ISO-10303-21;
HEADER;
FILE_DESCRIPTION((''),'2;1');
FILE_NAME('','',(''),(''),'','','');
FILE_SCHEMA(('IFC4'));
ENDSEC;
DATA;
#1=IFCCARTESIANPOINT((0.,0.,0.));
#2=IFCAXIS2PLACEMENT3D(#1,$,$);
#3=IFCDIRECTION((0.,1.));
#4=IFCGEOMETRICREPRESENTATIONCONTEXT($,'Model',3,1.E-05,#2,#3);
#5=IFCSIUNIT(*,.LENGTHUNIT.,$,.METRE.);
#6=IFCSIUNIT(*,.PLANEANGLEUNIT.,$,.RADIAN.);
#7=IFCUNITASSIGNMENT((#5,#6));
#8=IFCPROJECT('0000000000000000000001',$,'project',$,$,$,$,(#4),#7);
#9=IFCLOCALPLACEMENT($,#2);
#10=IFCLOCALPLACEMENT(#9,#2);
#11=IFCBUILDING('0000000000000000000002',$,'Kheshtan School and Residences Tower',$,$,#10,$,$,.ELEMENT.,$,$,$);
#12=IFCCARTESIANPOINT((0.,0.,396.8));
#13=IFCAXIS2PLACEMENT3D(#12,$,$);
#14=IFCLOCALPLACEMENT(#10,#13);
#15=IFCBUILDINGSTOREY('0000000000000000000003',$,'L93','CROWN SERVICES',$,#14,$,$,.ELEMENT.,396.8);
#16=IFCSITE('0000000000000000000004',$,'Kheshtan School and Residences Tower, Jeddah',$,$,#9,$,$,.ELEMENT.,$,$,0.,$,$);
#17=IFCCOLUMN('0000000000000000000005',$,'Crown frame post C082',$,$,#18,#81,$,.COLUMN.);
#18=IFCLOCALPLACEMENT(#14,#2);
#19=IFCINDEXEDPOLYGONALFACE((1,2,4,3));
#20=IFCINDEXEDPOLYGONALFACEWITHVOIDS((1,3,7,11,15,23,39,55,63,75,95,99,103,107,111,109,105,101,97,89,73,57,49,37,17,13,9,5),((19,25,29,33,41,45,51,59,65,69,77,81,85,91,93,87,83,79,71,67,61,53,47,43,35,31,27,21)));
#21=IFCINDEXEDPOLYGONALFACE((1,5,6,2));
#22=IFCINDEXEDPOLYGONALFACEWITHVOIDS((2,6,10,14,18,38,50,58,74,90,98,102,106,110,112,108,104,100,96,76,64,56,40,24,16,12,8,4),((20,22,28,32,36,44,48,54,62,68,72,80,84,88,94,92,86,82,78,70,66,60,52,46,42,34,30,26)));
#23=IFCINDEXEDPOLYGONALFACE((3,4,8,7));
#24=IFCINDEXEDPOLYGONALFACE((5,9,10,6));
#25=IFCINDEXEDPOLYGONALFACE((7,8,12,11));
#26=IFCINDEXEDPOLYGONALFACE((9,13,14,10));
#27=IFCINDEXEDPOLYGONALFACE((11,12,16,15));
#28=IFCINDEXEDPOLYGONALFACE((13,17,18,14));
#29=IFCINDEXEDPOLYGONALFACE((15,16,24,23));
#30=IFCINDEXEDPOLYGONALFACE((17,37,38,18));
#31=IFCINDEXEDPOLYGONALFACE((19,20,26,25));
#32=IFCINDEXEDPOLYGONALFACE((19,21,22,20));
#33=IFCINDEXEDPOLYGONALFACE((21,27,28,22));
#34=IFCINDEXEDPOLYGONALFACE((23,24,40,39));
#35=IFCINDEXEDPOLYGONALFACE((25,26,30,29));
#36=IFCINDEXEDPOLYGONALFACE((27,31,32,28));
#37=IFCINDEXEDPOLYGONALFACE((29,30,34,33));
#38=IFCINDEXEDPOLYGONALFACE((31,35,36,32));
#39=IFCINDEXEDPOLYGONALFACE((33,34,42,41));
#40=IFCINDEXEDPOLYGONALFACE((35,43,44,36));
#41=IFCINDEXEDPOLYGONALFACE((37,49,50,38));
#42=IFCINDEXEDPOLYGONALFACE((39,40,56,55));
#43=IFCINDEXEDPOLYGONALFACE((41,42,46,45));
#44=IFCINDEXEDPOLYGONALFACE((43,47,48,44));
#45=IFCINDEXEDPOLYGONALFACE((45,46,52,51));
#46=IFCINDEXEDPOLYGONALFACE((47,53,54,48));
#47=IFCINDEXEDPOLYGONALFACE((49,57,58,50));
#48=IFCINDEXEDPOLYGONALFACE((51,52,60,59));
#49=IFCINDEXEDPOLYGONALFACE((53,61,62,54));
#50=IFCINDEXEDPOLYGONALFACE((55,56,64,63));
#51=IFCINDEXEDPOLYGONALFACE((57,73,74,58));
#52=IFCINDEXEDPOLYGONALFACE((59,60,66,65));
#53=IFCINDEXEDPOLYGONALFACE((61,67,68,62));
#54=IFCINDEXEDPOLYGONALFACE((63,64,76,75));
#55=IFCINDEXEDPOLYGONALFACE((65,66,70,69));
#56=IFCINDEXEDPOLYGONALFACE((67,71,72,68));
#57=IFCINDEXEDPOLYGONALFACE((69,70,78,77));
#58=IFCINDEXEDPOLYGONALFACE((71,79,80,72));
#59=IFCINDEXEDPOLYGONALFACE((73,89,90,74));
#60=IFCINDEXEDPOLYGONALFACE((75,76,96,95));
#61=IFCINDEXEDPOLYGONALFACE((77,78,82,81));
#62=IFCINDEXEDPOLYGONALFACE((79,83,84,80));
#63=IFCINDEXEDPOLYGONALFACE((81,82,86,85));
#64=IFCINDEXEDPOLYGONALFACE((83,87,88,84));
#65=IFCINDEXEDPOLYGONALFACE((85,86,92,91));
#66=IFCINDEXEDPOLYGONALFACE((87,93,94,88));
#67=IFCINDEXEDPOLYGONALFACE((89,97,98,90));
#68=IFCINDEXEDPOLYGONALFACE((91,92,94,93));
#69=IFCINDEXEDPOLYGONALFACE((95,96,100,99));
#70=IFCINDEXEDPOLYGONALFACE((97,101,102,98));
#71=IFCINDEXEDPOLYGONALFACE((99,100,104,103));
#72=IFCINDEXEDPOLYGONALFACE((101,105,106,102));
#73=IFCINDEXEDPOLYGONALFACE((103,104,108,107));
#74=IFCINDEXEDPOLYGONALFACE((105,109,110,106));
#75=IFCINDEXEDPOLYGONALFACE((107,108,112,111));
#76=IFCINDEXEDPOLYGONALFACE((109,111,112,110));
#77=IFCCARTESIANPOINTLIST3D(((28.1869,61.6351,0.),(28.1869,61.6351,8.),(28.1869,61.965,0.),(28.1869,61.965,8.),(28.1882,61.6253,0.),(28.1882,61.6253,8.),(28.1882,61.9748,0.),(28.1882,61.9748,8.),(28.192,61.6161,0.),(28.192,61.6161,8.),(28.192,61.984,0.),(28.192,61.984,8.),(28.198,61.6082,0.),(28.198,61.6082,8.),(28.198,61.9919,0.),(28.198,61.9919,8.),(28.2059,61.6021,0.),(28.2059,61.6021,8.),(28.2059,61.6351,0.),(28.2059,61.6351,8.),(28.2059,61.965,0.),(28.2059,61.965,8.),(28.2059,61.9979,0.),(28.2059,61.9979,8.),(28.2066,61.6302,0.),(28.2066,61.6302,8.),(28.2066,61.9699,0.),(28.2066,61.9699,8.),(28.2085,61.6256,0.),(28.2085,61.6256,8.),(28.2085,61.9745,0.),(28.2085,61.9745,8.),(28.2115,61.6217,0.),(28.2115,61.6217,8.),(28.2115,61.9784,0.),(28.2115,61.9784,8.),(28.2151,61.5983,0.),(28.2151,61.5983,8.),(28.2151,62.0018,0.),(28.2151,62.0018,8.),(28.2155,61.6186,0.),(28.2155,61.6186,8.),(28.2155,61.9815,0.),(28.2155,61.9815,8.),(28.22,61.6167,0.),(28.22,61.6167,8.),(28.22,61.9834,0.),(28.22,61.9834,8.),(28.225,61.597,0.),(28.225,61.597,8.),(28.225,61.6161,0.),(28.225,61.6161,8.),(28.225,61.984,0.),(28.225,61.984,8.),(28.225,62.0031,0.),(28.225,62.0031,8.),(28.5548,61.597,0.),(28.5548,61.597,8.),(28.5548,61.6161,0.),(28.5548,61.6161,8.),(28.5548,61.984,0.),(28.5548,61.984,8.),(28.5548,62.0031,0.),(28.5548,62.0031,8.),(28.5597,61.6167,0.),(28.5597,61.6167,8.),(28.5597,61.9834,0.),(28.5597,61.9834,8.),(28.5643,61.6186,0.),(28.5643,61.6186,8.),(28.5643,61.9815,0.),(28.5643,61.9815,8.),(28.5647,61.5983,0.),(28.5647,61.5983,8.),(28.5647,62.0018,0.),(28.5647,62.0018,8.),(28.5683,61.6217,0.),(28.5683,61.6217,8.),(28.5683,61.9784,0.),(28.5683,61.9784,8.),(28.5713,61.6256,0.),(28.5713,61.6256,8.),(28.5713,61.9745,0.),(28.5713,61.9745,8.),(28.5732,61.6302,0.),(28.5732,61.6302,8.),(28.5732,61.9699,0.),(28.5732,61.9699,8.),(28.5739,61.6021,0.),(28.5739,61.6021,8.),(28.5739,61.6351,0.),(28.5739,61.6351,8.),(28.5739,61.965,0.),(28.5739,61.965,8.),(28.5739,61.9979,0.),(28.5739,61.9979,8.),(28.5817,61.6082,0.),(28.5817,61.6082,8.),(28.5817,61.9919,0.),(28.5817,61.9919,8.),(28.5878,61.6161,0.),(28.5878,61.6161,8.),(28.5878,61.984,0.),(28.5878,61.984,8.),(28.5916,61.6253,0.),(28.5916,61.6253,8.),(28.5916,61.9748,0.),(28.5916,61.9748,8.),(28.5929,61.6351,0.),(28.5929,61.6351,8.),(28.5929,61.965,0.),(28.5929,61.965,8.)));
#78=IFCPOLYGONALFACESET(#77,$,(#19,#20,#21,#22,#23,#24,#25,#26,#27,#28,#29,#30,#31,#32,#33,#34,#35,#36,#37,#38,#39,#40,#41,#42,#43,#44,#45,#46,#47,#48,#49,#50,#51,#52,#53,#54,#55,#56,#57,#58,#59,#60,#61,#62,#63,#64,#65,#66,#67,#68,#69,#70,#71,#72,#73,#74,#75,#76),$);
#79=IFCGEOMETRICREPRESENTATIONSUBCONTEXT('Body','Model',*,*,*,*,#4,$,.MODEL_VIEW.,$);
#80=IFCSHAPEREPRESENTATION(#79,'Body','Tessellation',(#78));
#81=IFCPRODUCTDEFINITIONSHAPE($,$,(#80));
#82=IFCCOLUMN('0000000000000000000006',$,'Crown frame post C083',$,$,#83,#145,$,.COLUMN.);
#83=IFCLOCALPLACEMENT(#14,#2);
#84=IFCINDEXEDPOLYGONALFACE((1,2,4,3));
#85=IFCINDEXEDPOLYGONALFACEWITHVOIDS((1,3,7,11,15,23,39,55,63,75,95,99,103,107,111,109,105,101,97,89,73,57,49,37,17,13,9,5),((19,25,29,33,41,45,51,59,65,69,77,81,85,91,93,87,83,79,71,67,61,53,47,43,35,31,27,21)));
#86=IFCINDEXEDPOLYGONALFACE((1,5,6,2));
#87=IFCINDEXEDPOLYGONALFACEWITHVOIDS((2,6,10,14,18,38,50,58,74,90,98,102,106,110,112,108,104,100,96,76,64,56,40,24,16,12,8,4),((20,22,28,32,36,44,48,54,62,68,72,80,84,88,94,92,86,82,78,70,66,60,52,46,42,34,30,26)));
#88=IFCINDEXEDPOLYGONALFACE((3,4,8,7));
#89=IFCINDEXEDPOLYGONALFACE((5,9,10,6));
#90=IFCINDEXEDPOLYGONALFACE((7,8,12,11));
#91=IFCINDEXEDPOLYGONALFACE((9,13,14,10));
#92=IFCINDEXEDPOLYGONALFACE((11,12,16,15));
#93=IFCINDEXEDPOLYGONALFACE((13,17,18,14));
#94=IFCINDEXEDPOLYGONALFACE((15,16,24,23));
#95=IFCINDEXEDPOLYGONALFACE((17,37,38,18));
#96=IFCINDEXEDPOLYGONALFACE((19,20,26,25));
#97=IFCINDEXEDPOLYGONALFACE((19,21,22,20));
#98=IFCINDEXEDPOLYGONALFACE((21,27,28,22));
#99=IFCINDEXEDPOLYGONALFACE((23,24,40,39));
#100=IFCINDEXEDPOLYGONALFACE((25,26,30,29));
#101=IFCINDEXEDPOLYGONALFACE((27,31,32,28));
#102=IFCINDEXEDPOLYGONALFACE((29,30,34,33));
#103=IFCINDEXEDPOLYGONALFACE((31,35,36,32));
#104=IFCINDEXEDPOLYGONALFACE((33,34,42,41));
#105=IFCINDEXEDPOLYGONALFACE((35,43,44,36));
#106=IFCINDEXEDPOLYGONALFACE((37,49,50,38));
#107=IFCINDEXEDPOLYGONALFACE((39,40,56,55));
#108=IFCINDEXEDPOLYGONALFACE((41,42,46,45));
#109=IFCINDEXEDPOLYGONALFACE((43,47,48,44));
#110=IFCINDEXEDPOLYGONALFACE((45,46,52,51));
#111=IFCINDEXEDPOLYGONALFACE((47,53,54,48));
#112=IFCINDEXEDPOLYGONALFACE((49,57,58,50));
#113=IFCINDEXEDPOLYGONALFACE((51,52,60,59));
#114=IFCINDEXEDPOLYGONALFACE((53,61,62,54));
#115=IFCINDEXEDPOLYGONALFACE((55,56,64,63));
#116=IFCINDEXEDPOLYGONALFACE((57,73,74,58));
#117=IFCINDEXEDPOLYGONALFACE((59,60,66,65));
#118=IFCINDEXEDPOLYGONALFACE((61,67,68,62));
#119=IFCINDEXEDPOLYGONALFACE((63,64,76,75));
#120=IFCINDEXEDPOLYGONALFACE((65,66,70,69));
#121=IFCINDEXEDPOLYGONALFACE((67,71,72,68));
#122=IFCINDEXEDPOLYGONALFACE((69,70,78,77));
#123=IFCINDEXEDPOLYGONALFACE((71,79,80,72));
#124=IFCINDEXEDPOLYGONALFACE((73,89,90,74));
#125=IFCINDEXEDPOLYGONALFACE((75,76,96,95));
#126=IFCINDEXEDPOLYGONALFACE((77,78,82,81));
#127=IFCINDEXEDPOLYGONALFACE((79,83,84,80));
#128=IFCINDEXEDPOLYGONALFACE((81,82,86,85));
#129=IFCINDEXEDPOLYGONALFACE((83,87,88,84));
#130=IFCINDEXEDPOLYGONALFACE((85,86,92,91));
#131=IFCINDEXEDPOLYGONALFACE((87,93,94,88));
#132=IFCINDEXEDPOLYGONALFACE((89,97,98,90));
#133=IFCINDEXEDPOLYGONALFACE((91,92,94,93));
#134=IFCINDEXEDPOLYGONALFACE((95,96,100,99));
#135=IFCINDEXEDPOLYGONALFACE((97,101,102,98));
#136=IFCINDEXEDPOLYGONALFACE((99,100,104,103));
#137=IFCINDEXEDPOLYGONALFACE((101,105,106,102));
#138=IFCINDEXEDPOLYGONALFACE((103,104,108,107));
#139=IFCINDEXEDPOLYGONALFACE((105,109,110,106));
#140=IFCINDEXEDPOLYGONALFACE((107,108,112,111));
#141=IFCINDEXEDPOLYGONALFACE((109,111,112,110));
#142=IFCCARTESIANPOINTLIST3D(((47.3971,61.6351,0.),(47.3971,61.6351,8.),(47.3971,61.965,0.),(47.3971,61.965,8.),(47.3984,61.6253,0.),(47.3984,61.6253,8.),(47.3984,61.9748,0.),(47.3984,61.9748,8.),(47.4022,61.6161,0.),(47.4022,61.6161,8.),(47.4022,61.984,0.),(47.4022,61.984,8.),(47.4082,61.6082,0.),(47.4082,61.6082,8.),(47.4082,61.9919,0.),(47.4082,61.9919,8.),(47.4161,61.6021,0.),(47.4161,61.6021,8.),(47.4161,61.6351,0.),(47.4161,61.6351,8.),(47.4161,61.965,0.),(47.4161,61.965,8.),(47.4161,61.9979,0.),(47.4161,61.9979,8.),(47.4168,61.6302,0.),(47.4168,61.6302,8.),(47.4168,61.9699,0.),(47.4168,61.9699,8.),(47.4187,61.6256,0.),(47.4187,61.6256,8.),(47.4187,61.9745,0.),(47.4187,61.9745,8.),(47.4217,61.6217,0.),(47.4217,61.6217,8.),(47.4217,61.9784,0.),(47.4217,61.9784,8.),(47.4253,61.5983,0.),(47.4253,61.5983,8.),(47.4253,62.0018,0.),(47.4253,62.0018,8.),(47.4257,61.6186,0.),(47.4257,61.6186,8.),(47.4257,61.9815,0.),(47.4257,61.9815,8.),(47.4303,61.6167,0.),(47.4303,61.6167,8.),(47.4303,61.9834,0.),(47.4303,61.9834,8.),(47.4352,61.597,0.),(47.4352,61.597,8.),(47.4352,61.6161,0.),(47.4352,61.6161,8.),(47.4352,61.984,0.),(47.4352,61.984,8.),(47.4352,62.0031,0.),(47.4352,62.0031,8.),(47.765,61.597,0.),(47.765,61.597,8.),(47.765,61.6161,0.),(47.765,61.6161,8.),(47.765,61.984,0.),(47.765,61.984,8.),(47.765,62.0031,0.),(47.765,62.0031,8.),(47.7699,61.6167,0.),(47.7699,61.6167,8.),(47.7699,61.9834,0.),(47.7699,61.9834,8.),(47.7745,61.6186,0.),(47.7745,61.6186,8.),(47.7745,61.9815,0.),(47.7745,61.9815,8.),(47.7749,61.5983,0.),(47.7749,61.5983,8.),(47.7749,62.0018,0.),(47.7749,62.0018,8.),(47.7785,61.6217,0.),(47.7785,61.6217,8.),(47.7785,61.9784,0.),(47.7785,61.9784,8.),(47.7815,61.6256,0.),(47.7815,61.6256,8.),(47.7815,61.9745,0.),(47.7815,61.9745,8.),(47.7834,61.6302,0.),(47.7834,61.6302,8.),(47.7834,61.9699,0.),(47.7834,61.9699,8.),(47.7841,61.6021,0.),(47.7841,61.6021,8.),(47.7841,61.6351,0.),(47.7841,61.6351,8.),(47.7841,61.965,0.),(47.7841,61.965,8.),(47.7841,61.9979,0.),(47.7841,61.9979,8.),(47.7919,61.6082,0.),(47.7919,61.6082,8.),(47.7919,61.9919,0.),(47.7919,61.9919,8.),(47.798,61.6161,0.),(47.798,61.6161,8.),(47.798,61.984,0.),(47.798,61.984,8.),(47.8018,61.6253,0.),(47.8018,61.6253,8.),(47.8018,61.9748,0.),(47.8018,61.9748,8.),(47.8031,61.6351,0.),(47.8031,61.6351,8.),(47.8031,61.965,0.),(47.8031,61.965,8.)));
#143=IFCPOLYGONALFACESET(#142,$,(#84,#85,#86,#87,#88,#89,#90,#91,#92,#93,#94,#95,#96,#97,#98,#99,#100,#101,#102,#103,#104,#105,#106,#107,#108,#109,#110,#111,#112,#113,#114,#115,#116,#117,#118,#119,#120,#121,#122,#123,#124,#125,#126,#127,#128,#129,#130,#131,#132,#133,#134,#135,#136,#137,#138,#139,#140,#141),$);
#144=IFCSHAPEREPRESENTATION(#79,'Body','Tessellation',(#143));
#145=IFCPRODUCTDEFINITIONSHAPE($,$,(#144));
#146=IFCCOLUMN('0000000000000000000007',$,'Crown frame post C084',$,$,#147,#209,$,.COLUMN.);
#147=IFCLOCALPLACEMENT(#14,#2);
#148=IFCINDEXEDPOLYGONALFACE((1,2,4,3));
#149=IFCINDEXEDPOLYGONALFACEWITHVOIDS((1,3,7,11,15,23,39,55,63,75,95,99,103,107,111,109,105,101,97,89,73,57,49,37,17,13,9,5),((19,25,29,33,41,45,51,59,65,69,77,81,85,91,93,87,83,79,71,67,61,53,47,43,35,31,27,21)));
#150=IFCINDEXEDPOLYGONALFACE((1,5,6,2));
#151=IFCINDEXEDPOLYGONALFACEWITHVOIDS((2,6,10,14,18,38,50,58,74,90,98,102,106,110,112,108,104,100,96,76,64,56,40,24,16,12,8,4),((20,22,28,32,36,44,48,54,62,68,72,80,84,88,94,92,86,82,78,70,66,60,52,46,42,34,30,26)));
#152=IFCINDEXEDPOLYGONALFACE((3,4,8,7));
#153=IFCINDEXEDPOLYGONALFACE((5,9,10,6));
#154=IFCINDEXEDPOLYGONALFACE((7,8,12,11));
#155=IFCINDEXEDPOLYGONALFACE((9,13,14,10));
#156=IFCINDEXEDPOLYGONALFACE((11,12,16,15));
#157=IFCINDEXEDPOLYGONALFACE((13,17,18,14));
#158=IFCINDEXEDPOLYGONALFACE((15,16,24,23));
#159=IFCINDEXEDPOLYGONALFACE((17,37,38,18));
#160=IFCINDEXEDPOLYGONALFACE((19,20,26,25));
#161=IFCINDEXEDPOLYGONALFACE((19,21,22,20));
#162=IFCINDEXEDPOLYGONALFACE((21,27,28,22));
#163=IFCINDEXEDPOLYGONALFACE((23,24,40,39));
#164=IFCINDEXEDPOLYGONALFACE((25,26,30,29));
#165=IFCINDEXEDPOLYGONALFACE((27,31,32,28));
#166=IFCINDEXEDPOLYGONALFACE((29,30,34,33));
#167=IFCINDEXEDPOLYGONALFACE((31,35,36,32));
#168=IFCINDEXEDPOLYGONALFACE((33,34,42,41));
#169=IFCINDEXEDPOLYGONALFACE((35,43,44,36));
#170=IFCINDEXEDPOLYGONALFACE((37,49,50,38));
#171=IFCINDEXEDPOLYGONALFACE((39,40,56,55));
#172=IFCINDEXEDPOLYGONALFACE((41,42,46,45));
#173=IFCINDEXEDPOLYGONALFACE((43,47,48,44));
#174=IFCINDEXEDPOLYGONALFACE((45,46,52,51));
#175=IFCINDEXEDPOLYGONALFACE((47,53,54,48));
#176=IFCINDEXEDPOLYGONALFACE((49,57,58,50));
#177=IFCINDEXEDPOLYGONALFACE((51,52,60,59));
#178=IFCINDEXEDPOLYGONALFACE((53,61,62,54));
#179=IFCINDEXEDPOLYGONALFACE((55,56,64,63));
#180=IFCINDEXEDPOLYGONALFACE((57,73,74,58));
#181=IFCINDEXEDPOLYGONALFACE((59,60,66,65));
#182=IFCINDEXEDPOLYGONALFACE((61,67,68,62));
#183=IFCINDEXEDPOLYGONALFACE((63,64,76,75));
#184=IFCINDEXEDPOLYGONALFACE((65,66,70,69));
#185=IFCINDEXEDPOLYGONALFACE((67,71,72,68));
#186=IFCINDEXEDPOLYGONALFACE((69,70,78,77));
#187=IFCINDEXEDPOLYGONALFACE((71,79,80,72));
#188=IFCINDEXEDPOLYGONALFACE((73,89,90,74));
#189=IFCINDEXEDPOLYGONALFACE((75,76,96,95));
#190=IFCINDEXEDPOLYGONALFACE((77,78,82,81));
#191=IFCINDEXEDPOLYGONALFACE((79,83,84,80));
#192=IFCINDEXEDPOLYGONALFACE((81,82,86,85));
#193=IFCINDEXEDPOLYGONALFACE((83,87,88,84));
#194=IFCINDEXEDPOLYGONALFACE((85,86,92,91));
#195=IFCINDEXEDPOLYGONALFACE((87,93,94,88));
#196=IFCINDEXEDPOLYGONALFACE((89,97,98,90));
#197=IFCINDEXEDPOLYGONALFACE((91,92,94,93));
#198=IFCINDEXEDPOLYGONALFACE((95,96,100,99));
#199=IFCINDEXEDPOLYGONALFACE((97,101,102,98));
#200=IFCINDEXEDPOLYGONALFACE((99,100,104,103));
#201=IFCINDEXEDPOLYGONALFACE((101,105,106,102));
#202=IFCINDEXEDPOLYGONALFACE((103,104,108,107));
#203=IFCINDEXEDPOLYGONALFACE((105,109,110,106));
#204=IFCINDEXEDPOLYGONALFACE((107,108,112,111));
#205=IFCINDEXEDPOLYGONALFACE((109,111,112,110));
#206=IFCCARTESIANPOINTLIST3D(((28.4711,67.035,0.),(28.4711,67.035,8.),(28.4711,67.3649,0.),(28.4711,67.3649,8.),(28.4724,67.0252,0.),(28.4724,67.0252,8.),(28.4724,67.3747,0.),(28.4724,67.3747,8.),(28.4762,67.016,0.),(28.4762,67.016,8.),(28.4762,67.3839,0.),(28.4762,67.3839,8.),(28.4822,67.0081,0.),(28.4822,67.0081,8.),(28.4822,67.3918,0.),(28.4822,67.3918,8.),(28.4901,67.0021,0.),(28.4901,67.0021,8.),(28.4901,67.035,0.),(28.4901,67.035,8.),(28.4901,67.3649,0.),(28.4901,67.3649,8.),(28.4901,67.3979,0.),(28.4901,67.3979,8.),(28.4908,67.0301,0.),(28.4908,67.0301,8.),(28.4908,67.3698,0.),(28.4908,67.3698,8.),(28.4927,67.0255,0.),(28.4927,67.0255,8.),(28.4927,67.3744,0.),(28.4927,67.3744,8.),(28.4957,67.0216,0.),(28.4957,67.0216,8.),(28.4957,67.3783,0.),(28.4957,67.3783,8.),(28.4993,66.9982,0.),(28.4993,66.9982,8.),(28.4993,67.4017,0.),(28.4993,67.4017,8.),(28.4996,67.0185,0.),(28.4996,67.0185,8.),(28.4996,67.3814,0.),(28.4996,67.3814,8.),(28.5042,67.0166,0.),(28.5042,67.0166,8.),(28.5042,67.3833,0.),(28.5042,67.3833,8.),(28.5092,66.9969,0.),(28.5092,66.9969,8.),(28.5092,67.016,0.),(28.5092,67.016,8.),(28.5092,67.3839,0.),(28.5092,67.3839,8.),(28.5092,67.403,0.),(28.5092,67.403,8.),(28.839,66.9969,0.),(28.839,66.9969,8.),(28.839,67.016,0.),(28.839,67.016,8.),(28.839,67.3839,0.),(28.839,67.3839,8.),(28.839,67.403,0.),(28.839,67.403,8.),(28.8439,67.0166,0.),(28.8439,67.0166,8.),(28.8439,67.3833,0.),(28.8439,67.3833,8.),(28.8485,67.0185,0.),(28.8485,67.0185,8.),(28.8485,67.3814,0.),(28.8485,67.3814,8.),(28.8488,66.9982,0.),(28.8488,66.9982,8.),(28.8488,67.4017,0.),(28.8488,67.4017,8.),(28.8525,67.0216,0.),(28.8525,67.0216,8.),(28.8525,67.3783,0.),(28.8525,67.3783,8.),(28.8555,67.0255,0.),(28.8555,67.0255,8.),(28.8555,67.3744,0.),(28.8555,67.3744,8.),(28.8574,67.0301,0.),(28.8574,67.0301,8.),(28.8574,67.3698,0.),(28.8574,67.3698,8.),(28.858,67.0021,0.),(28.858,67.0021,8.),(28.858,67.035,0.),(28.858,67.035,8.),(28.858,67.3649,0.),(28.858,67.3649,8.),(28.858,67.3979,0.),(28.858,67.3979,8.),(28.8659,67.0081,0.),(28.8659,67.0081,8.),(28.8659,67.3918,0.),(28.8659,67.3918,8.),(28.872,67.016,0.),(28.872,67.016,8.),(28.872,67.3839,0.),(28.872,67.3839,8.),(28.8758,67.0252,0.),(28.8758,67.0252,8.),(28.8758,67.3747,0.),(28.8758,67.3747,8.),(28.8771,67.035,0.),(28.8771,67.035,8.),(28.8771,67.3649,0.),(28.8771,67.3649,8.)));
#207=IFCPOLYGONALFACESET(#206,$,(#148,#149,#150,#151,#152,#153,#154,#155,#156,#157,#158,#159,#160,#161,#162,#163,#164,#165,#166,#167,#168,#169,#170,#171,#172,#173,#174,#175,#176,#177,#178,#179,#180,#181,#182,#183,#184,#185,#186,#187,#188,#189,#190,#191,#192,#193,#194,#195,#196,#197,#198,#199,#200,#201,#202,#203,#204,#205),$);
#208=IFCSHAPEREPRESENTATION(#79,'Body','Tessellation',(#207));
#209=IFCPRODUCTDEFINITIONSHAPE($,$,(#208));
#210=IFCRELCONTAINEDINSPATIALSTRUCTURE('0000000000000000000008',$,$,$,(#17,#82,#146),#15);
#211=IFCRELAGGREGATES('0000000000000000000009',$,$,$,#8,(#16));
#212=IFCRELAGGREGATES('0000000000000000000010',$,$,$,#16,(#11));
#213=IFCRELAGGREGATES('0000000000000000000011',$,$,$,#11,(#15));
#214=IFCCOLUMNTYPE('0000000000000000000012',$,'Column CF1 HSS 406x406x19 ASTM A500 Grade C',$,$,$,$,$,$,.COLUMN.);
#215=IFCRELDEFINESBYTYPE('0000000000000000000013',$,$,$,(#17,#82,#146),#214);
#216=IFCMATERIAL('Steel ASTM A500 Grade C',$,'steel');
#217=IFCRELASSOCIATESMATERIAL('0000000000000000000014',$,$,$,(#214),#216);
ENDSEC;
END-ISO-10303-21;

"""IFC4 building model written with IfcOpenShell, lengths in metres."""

from ifc_helpers import new_model, si_unit, direction, frame, origin, origin_2d, place, context, subcontext, project, spatial, hollow_rectangle, extrude, material, material_profile, profile_set, type_object, element, save


model = new_model("IFC4")

# Units and contexts
model_context = context("Model", 3, precision=1e-05, world=origin(), true_north=direction((0.0, 1.0)))
body_context = subcontext(model_context, "Body", "Model", "MODEL_VIEW")
ifc_project = project(units=[si_unit("LENGTHUNIT", "METRE"), si_unit("PLANEANGLEUNIT", "RADIAN")], contexts=[model_context])

# Site, building, storey
site_placement = place(None, origin())
site = spatial("IfcSite", under=ifc_project, at=site_placement, Name="Kheshtan School and Residences Tower, Jeddah", CompositionType="ELEMENT", RefElevation=0.0)
building_placement = place(site_placement, origin())
building = spatial("IfcBuilding", under=site, at=building_placement, Name="Kheshtan School and Residences Tower", CompositionType="ELEMENT")
storey_placement = place(building_placement, frame((0.0, 0.0, 396.8)))
storey = spatial("IfcBuildingStorey", under=building, at=storey_placement, Name="L93", Description="CROWN SERVICES", CompositionType="ELEMENT", Elevation=396.8)

# Columns
ifc_material_1 = material(Name="Steel ASTM A500 Grade C", Category="steel")
ifc_material_profile_1 = material_profile(ifc_material_1, hollow_rectangle(XDim=0.406, YDim=0.406, WallThickness=0.019, InnerFilletRadius=0.019, OuterFilletRadius=0.0381, at=origin_2d()), Name="HSS 406x406x19")
ifc_profile_set_1 = profile_set([ifc_material_profile_1], Name="Steel ASTM A500 Grade C")
column_type = type_object("IfcColumnType", Name="Column CF1 HSS 406x406x19 ASTM A500 Grade C", PredefinedType="COLUMN", material=ifc_profile_set_1)
for number, where, z_axis, x_axis, name in (
    (1, (28.3899, 61.8, 0.0), (0.0, 0.0, 1.0), (1.0, 0.0, 0.0), "Crown frame post C082"),
    (2, (47.6001, 61.8, 0.0), (0.0, 0.0, 1.0), (1.0, 0.0, 0.0), "Crown frame post C083"),
    (3, (28.6741, 67.2, 0.0), (0.0, 0.0, 1.0), (1.0, 0.0, 0.0), "Crown frame post C084"),
):
    element("IfcColumn", number, at=place(storey_placement, frame(where, z_axis=z_axis, x_axis=x_axis)), inside=storey, type_object=column_type, Name=name, PredefinedType="COLUMN", context=body_context, shape_type="SweptSolid", body=[
        extrude(hollow_rectangle(XDim=0.406, YDim=0.406, WallThickness=0.019, InnerFilletRadius=0.019, OuterFilletRadius=0.0381, at=origin_2d()), origin(), (0.0, 0.0, 1.0), 8.0),
    ])

save(model, "model.ifc")
